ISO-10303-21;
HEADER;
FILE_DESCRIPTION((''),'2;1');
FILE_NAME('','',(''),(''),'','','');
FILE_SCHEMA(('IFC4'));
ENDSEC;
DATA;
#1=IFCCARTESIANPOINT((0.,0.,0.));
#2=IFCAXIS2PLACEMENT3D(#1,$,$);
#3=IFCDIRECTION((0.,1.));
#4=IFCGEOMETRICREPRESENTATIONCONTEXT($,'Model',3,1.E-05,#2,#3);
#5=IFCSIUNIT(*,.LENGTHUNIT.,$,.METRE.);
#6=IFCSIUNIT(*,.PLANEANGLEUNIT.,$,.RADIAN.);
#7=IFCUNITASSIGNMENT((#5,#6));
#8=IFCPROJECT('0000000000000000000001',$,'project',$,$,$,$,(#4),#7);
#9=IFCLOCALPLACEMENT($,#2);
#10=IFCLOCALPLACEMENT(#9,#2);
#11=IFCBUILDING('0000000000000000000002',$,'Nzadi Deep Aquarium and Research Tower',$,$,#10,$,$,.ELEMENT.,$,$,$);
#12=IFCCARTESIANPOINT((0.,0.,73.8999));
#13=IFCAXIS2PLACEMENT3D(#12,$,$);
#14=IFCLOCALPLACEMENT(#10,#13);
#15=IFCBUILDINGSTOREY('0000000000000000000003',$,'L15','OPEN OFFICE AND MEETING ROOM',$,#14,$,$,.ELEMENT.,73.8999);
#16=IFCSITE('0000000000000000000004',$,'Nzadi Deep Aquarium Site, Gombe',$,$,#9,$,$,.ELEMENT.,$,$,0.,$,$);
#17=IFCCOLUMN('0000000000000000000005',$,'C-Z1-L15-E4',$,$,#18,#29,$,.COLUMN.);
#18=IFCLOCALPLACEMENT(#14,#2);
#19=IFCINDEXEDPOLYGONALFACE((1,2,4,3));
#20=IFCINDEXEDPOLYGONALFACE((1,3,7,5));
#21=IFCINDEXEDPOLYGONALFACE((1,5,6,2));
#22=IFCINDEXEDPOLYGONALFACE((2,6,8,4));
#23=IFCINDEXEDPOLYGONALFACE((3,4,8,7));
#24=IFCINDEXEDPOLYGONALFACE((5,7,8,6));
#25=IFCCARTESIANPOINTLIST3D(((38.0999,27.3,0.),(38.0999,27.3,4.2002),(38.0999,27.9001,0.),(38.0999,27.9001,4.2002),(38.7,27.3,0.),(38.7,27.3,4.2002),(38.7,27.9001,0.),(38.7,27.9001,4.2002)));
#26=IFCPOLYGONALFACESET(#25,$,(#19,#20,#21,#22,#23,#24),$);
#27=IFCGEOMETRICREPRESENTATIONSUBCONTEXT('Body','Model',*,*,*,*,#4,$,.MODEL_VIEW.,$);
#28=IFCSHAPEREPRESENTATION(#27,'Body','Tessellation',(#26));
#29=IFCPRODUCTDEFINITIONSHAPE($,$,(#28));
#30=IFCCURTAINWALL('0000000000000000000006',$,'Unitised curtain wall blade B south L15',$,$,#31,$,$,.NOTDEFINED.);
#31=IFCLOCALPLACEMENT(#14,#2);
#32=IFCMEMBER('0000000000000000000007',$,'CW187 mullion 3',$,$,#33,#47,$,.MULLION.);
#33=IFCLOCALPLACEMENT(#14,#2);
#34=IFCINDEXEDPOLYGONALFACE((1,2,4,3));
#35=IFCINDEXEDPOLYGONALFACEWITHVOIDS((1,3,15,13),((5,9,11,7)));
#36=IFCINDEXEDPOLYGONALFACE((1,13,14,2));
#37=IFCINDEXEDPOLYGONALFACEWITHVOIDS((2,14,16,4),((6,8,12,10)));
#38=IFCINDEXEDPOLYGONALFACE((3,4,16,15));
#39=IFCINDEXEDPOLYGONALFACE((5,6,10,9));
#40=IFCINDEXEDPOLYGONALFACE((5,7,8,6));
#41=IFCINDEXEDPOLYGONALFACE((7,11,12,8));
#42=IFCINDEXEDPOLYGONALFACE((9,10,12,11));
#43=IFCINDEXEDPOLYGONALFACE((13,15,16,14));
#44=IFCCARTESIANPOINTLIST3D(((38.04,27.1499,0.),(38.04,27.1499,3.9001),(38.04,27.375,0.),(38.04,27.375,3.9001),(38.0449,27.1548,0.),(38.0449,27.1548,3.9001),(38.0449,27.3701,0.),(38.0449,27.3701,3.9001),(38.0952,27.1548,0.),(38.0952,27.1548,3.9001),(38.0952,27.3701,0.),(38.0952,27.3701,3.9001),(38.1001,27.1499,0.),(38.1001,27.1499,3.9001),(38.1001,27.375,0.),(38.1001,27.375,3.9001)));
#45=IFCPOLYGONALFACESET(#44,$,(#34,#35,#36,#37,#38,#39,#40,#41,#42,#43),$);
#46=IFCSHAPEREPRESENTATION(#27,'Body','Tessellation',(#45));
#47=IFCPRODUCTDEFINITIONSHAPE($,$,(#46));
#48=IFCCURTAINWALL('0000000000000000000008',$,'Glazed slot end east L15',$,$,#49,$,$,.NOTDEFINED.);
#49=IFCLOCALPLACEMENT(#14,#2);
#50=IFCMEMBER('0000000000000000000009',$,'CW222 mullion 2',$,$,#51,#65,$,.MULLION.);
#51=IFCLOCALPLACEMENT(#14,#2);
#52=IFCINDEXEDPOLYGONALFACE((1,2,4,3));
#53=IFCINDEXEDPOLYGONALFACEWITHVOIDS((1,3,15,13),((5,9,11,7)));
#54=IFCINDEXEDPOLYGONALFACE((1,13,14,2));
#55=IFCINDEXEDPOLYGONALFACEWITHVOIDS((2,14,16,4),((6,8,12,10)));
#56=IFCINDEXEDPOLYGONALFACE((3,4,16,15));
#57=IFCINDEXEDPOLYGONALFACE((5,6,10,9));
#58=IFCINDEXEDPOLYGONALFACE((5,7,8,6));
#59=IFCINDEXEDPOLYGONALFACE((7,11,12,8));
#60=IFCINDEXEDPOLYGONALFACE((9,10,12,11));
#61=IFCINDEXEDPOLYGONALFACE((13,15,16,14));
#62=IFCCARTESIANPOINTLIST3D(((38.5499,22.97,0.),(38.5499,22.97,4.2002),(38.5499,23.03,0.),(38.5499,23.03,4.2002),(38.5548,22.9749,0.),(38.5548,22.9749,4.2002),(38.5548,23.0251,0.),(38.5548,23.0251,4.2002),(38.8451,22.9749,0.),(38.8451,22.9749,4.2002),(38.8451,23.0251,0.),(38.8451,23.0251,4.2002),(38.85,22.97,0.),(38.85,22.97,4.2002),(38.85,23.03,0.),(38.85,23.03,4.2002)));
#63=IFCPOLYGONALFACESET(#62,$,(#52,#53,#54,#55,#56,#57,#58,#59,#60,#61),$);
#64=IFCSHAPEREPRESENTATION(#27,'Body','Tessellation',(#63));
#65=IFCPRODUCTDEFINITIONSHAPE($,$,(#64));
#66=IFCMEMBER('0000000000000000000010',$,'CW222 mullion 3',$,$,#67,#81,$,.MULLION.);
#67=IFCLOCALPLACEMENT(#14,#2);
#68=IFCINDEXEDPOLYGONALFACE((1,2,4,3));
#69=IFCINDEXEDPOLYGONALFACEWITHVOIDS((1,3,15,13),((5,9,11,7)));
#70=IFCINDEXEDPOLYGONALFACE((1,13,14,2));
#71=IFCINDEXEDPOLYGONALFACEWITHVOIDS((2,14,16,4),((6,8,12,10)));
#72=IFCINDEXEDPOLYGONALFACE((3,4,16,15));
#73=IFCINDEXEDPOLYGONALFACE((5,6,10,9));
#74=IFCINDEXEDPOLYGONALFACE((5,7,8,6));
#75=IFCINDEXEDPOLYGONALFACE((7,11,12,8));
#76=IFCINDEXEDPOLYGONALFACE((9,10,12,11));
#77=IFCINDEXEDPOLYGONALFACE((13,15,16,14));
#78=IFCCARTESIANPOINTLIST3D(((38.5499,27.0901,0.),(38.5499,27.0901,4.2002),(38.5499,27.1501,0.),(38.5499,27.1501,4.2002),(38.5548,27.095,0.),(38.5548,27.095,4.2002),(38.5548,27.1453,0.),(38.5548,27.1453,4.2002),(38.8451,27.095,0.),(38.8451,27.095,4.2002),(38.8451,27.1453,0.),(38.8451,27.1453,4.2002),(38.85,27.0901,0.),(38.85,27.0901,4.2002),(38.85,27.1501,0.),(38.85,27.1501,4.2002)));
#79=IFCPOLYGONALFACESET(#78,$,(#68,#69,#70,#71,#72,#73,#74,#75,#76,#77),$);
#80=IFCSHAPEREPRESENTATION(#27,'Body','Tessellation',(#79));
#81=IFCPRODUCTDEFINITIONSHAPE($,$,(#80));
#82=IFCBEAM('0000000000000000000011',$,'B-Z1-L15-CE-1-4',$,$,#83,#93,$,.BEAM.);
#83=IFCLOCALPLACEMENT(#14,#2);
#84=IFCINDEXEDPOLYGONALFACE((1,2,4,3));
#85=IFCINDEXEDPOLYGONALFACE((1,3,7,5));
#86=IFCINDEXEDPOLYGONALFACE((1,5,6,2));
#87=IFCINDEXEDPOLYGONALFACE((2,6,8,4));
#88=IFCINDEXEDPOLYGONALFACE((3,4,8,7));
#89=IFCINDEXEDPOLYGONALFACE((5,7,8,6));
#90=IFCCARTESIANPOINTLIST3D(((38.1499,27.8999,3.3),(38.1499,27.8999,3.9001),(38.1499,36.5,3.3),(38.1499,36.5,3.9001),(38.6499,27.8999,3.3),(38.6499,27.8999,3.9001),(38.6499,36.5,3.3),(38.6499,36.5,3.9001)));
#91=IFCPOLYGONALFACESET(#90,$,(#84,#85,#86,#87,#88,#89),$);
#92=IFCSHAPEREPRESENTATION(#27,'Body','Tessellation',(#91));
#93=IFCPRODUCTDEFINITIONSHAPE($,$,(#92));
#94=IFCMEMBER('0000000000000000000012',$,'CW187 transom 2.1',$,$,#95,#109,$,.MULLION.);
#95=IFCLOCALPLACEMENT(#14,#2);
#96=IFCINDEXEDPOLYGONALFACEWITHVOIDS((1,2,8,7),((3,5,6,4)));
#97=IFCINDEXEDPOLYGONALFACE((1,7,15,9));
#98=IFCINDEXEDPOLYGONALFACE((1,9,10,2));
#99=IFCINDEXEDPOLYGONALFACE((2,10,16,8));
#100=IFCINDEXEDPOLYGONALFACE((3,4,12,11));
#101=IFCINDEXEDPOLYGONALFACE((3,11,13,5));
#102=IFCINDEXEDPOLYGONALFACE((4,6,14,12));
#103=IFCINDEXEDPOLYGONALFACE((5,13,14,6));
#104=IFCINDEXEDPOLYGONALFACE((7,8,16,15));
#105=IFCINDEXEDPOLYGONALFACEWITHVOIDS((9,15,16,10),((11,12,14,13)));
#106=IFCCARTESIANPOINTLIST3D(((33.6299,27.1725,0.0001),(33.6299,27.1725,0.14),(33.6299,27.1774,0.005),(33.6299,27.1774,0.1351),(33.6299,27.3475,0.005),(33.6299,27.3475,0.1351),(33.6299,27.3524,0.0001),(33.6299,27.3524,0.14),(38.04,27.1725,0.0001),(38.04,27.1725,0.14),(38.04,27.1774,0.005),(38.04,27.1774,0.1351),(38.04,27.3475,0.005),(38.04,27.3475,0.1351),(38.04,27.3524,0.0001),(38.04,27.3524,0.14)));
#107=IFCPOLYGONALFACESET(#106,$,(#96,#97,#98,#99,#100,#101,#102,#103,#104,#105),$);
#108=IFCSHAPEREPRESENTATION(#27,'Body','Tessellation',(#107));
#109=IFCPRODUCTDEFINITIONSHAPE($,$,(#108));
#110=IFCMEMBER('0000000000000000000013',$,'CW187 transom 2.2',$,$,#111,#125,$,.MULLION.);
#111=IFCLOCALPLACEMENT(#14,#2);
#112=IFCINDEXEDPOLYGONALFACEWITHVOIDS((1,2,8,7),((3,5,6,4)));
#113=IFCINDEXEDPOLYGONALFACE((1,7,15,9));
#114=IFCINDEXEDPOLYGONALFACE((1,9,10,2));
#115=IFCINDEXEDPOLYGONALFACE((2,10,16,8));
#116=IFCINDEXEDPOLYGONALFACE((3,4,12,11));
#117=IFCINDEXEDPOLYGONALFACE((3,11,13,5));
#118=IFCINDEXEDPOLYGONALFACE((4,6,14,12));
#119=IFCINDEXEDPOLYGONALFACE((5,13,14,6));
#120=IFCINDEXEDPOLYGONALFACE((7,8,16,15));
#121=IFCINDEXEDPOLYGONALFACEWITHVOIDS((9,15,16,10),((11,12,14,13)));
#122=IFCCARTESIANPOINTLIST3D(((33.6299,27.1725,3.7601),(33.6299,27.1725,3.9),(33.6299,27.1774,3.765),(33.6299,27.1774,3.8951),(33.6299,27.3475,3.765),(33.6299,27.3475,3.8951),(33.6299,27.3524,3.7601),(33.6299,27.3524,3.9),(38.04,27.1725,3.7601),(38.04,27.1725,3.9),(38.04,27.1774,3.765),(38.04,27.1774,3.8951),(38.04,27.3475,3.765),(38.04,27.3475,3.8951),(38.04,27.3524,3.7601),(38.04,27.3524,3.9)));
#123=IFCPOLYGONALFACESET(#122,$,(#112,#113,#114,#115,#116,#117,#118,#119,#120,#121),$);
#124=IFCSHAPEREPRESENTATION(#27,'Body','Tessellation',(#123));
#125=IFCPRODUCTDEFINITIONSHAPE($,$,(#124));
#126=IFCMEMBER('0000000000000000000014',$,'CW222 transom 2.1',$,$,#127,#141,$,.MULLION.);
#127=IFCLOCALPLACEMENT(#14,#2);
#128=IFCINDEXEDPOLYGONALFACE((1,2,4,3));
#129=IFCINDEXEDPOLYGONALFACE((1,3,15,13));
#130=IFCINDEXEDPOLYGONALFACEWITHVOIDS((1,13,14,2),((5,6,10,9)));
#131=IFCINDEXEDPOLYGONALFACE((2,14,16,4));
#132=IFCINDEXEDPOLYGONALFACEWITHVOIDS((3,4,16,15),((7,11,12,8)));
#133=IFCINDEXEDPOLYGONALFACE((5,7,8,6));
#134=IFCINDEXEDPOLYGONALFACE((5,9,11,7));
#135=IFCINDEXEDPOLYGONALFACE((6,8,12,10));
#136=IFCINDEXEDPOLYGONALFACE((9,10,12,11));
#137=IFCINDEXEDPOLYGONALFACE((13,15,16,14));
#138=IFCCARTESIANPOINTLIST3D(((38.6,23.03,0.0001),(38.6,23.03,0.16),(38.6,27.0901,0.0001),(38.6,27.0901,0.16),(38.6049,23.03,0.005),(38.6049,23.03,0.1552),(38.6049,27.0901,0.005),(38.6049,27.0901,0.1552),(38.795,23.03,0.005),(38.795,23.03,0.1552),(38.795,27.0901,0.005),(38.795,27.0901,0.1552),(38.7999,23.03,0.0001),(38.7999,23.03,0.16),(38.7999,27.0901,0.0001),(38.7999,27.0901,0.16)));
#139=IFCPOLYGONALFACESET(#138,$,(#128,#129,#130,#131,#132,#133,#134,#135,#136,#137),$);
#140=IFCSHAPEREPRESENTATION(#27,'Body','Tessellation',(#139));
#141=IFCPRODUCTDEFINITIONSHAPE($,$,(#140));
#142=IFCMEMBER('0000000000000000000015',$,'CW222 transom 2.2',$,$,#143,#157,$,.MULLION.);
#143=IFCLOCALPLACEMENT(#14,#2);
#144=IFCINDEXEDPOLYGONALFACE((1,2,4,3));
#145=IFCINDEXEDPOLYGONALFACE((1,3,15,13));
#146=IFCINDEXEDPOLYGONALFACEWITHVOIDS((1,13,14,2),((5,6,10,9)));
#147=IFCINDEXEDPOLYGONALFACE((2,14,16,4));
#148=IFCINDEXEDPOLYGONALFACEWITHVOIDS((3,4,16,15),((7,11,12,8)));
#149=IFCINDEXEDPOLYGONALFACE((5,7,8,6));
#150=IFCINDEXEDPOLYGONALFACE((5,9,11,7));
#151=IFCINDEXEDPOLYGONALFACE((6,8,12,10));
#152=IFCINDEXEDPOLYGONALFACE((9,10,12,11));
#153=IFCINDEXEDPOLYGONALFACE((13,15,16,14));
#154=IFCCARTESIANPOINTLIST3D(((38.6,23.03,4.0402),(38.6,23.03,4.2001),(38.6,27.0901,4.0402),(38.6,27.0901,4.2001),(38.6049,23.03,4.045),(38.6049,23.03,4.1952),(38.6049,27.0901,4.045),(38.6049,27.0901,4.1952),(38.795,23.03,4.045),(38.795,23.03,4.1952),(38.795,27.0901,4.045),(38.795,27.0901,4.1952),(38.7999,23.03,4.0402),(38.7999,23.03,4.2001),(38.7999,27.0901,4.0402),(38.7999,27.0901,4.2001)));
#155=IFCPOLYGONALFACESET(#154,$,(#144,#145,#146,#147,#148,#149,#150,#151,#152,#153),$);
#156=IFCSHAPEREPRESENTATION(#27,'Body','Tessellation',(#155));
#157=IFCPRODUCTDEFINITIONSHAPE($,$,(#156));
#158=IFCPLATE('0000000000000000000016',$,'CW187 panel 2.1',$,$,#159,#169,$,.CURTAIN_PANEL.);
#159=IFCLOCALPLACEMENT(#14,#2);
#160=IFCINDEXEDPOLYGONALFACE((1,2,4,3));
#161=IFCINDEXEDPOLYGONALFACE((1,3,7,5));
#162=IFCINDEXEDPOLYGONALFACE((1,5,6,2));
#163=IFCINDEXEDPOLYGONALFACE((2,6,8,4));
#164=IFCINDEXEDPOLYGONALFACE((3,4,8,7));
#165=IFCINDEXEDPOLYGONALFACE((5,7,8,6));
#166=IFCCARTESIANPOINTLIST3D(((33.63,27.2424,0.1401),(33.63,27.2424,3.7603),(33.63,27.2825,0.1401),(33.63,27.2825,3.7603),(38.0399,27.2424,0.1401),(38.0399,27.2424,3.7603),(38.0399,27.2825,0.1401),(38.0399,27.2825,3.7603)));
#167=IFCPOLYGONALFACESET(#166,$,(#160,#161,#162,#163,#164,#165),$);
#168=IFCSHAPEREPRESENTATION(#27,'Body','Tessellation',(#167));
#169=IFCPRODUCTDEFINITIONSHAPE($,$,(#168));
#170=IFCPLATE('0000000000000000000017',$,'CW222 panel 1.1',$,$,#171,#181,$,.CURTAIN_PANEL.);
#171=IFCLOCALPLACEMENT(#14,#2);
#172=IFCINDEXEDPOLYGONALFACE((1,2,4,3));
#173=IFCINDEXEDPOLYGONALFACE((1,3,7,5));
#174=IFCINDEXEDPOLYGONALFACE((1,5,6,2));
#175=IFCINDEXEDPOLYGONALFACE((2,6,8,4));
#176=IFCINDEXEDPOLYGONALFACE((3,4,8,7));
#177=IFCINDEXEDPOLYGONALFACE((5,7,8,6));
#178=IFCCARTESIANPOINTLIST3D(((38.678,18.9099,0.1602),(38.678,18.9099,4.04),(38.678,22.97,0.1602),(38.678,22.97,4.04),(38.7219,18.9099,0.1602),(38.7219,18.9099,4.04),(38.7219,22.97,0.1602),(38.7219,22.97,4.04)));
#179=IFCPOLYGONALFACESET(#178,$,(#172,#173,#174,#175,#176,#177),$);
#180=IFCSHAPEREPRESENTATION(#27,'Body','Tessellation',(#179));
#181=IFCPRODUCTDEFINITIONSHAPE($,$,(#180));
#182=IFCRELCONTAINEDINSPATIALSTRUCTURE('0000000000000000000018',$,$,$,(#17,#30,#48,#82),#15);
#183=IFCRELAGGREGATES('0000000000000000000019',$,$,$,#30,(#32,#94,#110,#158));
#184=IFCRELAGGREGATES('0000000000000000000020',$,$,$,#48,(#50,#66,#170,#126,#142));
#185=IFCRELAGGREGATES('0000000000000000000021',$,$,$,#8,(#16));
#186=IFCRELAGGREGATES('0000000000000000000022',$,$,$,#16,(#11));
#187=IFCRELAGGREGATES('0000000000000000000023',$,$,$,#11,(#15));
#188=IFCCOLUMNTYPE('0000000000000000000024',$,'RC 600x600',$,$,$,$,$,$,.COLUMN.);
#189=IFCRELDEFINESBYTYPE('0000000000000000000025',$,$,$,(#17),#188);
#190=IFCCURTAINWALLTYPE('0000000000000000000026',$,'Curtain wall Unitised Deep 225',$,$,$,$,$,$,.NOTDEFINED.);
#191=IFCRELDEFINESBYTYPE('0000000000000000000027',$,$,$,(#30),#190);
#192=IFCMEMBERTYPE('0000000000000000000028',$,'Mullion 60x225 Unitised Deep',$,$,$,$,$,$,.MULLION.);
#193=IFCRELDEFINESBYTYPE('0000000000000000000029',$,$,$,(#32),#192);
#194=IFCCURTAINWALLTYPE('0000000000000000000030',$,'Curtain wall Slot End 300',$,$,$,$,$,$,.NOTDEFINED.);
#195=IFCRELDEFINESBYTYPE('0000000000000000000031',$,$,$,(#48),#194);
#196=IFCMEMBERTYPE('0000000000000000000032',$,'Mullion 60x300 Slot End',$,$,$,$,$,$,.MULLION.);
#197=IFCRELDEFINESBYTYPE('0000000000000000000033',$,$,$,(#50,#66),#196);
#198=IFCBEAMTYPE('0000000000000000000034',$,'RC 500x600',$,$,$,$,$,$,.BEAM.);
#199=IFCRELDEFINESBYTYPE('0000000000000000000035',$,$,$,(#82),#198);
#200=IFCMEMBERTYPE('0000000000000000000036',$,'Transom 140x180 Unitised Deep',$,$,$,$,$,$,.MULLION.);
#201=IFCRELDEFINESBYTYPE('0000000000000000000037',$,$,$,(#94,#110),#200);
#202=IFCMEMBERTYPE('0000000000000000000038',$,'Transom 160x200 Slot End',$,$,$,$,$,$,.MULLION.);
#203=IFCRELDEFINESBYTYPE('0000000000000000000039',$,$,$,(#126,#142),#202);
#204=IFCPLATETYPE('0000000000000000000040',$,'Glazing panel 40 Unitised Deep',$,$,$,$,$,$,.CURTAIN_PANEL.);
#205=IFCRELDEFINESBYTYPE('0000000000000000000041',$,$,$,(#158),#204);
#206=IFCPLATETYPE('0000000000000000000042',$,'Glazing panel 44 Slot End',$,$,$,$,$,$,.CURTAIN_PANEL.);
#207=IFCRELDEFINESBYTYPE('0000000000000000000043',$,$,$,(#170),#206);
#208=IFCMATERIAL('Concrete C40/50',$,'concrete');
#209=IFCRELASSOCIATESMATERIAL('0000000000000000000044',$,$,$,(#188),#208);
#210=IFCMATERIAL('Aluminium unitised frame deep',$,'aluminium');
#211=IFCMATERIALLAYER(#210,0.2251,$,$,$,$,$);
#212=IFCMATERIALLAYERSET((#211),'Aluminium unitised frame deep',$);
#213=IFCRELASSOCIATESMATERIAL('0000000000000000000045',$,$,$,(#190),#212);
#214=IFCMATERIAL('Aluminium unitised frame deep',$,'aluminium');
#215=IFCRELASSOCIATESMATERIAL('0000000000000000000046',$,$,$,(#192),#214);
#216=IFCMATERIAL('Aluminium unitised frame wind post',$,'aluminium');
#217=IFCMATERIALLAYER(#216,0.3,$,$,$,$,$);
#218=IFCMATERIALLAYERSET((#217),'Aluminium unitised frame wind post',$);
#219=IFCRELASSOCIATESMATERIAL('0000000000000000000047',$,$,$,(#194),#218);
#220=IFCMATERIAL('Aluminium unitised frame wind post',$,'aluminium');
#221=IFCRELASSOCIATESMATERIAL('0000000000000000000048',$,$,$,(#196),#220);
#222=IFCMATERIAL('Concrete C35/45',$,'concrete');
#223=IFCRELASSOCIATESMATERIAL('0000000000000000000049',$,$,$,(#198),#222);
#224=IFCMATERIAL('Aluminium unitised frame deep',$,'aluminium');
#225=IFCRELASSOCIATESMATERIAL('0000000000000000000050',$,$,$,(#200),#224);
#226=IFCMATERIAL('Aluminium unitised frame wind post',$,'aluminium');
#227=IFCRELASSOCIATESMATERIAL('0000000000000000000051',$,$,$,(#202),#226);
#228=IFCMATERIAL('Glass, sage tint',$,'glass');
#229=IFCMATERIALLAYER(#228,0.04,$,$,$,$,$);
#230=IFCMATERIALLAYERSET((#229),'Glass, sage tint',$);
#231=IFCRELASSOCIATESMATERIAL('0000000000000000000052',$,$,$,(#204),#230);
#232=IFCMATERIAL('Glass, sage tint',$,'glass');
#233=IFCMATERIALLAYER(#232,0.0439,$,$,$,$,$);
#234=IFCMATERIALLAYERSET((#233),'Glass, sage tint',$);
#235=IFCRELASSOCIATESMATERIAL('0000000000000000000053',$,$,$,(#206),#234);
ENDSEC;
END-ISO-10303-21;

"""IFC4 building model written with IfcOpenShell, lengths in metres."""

from ifc_helpers import new_model, si_unit, direction, frame, origin, origin_2d, place, context, subcontext, project, spatial, rectangle, hollow_rectangle, extrude, material, layer, layer_set, material_profile, profile_set, type_object, element, aggregate, save


model = new_model("IFC4")

# Units and contexts
model_context = context("Model", 3, precision=1e-05, world=origin(), true_north=direction((0.0, 1.0)))
body_context = subcontext(model_context, "Body", "Model", "MODEL_VIEW")
ifc_project = project(units=[si_unit("LENGTHUNIT", "METRE"), si_unit("PLANEANGLEUNIT", "RADIAN")], contexts=[model_context])

# Site, building, storey
site_placement = place(None, origin())
site = spatial("IfcSite", under=ifc_project, at=site_placement, Name="Nzadi Deep Aquarium Site, Gombe", CompositionType="ELEMENT", RefElevation=0.0)
building_placement = place(site_placement, origin())
building = spatial("IfcBuilding", under=site, at=building_placement, Name="Nzadi Deep Aquarium and Research Tower", CompositionType="ELEMENT")
storey_placement = place(building_placement, frame((0.0, 0.0, 73.8999)))
storey = spatial("IfcBuildingStorey", under=building, at=storey_placement, Name="L15", Description="OPEN OFFICE AND MEETING ROOM", CompositionType="ELEMENT", Elevation=73.8999)

# Column
ifc_material_1 = material(Name="Concrete C40/50", Category="concrete")
ifc_material_profile_1 = material_profile(ifc_material_1, rectangle(XDim=0.6001, YDim=0.6001, at=origin_2d()))
ifc_profile_set_1 = profile_set([ifc_material_profile_1], Name="Concrete C40/50")
column_type = type_object("IfcColumnType", Name="RC 600x600", PredefinedType="COLUMN", material=ifc_profile_set_1)
column_placement = place(storey_placement, frame((38.3999, 27.6001, 0.0), z_axis=(0.0, 0.0, 1.0), x_axis=(1.0, 0.0, 0.0)))
element("IfcColumn", 1, at=column_placement, inside=storey, type_object=column_type, Name="C-Z1-L15-E4", PredefinedType="COLUMN", context=body_context, shape_type="SweptSolid", body=[
    extrude(rectangle(XDim=0.6001, YDim=0.6001, at=origin_2d()), origin(), (0.0, 0.0, 1.0), 4.2002),
])

# Curtain wall, member
ifc_material_2 = material(Name="Aluminium unitised frame deep", Category="aluminium")
ifc_layer_1 = layer(ifc_material_2, 0.2251)
ifc_layer_set_1 = layer_set([ifc_layer_1], Name="Aluminium unitised frame deep")
curtain_wall_type_1 = type_object("IfcCurtainWallType", Name="Curtain wall Unitised Deep 225", PredefinedType="NOTDEFINED", material=ifc_layer_set_1)
curtain_wall_1_placement = place(storey_placement, origin())
curtain_wall_1 = element("IfcCurtainWall", 2, at=curtain_wall_1_placement, inside=storey, type_object=curtain_wall_type_1, Name="Unitised curtain wall blade B south L15", PredefinedType="NOTDEFINED")
ifc_material_3 = material(Name="Aluminium unitised frame deep", Category="aluminium")
ifc_material_profile_2 = material_profile(ifc_material_3, hollow_rectangle(XDim=0.2251, YDim=0.0601, WallThickness=0.0049, at=origin_2d()))
ifc_profile_set_2 = profile_set([ifc_material_profile_2], Name="Aluminium unitised frame deep")
member_type_1 = type_object("IfcMemberType", Name="Mullion 60x225 Unitised Deep", PredefinedType="MULLION", material=ifc_profile_set_2)
member_1_placement = place(storey_placement, frame((38.0701, 27.2625, 0.0), z_axis=(0.0, 0.0, 1.0), x_axis=(0.0, 1.0, 0.0)))
member_1 = element("IfcMember", 3, at=member_1_placement, type_object=member_type_1, Name="CW187 mullion 3", PredefinedType="MULLION", context=body_context, shape_type="SweptSolid", body=[
    extrude(hollow_rectangle(XDim=0.2251, YDim=0.0601, WallThickness=0.0049, at=origin_2d()), origin(), (0.0, 0.0, 1.0), 3.9001),
])

# Curtain wall, members
ifc_material_4 = material(Name="Aluminium unitised frame wind post", Category="aluminium")
ifc_layer_2 = layer(ifc_material_4, 0.3)
ifc_layer_set_2 = layer_set([ifc_layer_2], Name="Aluminium unitised frame wind post")
curtain_wall_type_2 = type_object("IfcCurtainWallType", Name="Curtain wall Slot End 300", PredefinedType="NOTDEFINED", material=ifc_layer_set_2)
curtain_wall_2_placement = place(storey_placement, origin())
curtain_wall_2 = element("IfcCurtainWall", 4, at=curtain_wall_2_placement, inside=storey, type_object=curtain_wall_type_2, Name="Glazed slot end east L15", PredefinedType="NOTDEFINED")
ifc_material_5 = material(Name="Aluminium unitised frame wind post", Category="aluminium")
ifc_material_profile_3 = material_profile(ifc_material_5, hollow_rectangle(XDim=0.3, YDim=0.0601, WallThickness=0.0049, at=origin_2d()))
ifc_profile_set_3 = profile_set([ifc_material_profile_3], Name="Aluminium unitised frame wind post")
member_type_2 = type_object("IfcMemberType", Name="Mullion 60x300 Slot End", PredefinedType="MULLION", material=ifc_profile_set_3)
member_2_placement = place(storey_placement, frame((38.7, 23.0, 0.0), z_axis=(0.0, 0.0, 1.0), x_axis=(-1.0, 0.0, 0.0)))
member_2 = element("IfcMember", 5, at=member_2_placement, type_object=member_type_2, Name="CW222 mullion 2", PredefinedType="MULLION", context=body_context, shape_type="SweptSolid", body=[
    extrude(hollow_rectangle(XDim=0.3, YDim=0.0601, WallThickness=0.0049, at=origin_2d()), origin(), (0.0, 0.0, 1.0), 4.2002),
])
member_3_placement = place(storey_placement, frame((38.7, 27.1201, 0.0), z_axis=(0.0, 0.0, 1.0), x_axis=(-1.0, 0.0, 0.0)))
member_3 = element("IfcMember", 6, at=member_3_placement, type_object=member_type_2, Name="CW222 mullion 3", PredefinedType="MULLION", context=body_context, shape_type="SweptSolid", body=[
    extrude(hollow_rectangle(XDim=0.3, YDim=0.0601, WallThickness=0.0049, at=origin_2d()), origin(), (0.0, 0.0, 1.0), 4.2002),
])

# Beam
ifc_material_6 = material(Name="Concrete C35/45", Category="concrete")
ifc_material_profile_4 = material_profile(ifc_material_6, rectangle(XDim=0.5, YDim=0.6001, at=origin_2d()))
ifc_profile_set_4 = profile_set([ifc_material_profile_4], Name="Concrete C35/45")
beam_type = type_object("IfcBeamType", Name="RC 500x600", PredefinedType="BEAM", material=ifc_profile_set_4)
beam_placement = place(storey_placement, frame((38.3999, 27.8999, 3.6001), z_axis=(0.0, 1.0, 0.0), x_axis=(-1.0, 0.0, 0.0)))
element("IfcBeam", 7, at=beam_placement, inside=storey, type_object=beam_type, Name="B-Z1-L15-CE-1-4", PredefinedType="BEAM", context=body_context, shape_type="SweptSolid", body=[
    extrude(rectangle(XDim=0.5, YDim=0.6001, at=origin_2d()), origin(), (0.0, 0.0, 1.0), 8.6001),
])

# Members
ifc_material_7 = material(Name="Aluminium unitised frame deep", Category="aluminium")
ifc_material_profile_5 = material_profile(ifc_material_7, hollow_rectangle(XDim=0.1799, YDim=0.1399, WallThickness=0.0049, at=origin_2d()))
ifc_profile_set_5 = profile_set([ifc_material_profile_5], Name="Aluminium unitised frame deep")
member_type_3 = type_object("IfcMemberType", Name="Transom 140x180 Unitised Deep", PredefinedType="MULLION", material=ifc_profile_set_5)
member_4_placement = place(storey_placement, frame((33.6299, 27.2625, 0.0701), z_axis=(1.0, 0.0, 0.0), x_axis=(0.0, 1.0, 0.0)))
member_4 = element("IfcMember", 8, at=member_4_placement, type_object=member_type_3, Name="CW187 transom 2.1", PredefinedType="MULLION", context=body_context, shape_type="SweptSolid", body=[
    extrude(hollow_rectangle(XDim=0.1799, YDim=0.1399, WallThickness=0.0049, at=origin_2d()), origin(), (0.0, 0.0, 1.0), 4.4102),
])
member_5_placement = place(storey_placement, frame((33.6299, 27.2625, 3.8301), z_axis=(1.0, 0.0, 0.0), x_axis=(0.0, 1.0, 0.0)))
member_5 = element("IfcMember", 9, at=member_5_placement, type_object=member_type_3, Name="CW187 transom 2.2", PredefinedType="MULLION", context=body_context, shape_type="SweptSolid", body=[
    extrude(hollow_rectangle(XDim=0.1799, YDim=0.1399, WallThickness=0.0049, at=origin_2d()), origin(), (0.0, 0.0, 1.0), 4.4102),
])
ifc_material_8 = material(Name="Aluminium unitised frame wind post", Category="aluminium")
ifc_material_profile_6 = material_profile(ifc_material_8, hollow_rectangle(XDim=0.2, YDim=0.1599, WallThickness=0.0049, at=origin_2d()))
ifc_profile_set_6 = profile_set([ifc_material_profile_6], Name="Aluminium unitised frame wind post")
member_type_4 = type_object("IfcMemberType", Name="Transom 160x200 Slot End", PredefinedType="MULLION", material=ifc_profile_set_6)
member_6_placement = place(storey_placement, frame((38.7, 23.03, 0.0801), z_axis=(0.0, 1.0, 0.0), x_axis=(-1.0, 0.0, 0.0)))
member_6 = element("IfcMember", 10, at=member_6_placement, type_object=member_type_4, Name="CW222 transom 2.1", PredefinedType="MULLION", context=body_context, shape_type="SweptSolid", body=[
    extrude(hollow_rectangle(XDim=0.2, YDim=0.1599, WallThickness=0.0049, at=origin_2d()), origin(), (0.0, 0.0, 1.0), 4.0601),
])
member_7_placement = place(storey_placement, frame((38.7, 23.03, 4.1201), z_axis=(0.0, 1.0, 0.0), x_axis=(-1.0, 0.0, 0.0)))
member_7 = element("IfcMember", 11, at=member_7_placement, type_object=member_type_4, Name="CW222 transom 2.2", PredefinedType="MULLION", context=body_context, shape_type="SweptSolid", body=[
    extrude(hollow_rectangle(XDim=0.2, YDim=0.1599, WallThickness=0.0049, at=origin_2d()), origin(), (0.0, 0.0, 1.0), 4.0601),
])

# Plates
ifc_material_9 = material(Name="Glass, sage tint", Category="glass")
ifc_layer_3 = layer(ifc_material_9, 0.04)
ifc_layer_set_3 = layer_set([ifc_layer_3], Name="Glass, sage tint")
plate_type_1 = type_object("IfcPlateType", Name="Glazing panel 40 Unitised Deep", PredefinedType="CURTAIN_PANEL", material=ifc_layer_set_3)
plate_1_placement = place(storey_placement, frame((35.835, 27.2625, 0.1401), z_axis=(0.0, 0.0, 1.0), x_axis=(1.0, 0.0, 0.0)))
plate_1 = element("IfcPlate", 12, at=plate_1_placement, type_object=plate_type_1, Name="CW187 panel 2.1", PredefinedType="CURTAIN_PANEL", context=body_context, shape_type="SweptSolid", body=[
    extrude(rectangle(XDim=4.4099, YDim=0.04, at=origin_2d()), origin(), (0.0, 0.0, 1.0), 3.6201),
])
aggregate(curtain_wall_1, [member_1, member_4, member_5, plate_1])
ifc_material_10 = material(Name="Glass, sage tint", Category="glass")
ifc_layer_4 = layer(ifc_material_10, 0.0439)
ifc_layer_set_4 = layer_set([ifc_layer_4], Name="Glass, sage tint")
plate_type_2 = type_object("IfcPlateType", Name="Glazing panel 44 Slot End", PredefinedType="CURTAIN_PANEL", material=ifc_layer_set_4)
plate_2_placement = place(storey_placement, frame((38.7, 20.9399, 0.1602), z_axis=(0.0, 0.0, 1.0), x_axis=(0.0, 1.0, 0.0)))
plate_2 = element("IfcPlate", 13, at=plate_2_placement, type_object=plate_type_2, Name="CW222 panel 1.1", PredefinedType="CURTAIN_PANEL", context=body_context, shape_type="SweptSolid", body=[
    extrude(rectangle(XDim=4.0601, YDim=0.0439, at=origin_2d()), origin(), (0.0, 0.0, 1.0), 3.8799),
])
aggregate(curtain_wall_2, [member_2, member_3, plate_2, member_6, member_7])

save(model, "model.ifc")
